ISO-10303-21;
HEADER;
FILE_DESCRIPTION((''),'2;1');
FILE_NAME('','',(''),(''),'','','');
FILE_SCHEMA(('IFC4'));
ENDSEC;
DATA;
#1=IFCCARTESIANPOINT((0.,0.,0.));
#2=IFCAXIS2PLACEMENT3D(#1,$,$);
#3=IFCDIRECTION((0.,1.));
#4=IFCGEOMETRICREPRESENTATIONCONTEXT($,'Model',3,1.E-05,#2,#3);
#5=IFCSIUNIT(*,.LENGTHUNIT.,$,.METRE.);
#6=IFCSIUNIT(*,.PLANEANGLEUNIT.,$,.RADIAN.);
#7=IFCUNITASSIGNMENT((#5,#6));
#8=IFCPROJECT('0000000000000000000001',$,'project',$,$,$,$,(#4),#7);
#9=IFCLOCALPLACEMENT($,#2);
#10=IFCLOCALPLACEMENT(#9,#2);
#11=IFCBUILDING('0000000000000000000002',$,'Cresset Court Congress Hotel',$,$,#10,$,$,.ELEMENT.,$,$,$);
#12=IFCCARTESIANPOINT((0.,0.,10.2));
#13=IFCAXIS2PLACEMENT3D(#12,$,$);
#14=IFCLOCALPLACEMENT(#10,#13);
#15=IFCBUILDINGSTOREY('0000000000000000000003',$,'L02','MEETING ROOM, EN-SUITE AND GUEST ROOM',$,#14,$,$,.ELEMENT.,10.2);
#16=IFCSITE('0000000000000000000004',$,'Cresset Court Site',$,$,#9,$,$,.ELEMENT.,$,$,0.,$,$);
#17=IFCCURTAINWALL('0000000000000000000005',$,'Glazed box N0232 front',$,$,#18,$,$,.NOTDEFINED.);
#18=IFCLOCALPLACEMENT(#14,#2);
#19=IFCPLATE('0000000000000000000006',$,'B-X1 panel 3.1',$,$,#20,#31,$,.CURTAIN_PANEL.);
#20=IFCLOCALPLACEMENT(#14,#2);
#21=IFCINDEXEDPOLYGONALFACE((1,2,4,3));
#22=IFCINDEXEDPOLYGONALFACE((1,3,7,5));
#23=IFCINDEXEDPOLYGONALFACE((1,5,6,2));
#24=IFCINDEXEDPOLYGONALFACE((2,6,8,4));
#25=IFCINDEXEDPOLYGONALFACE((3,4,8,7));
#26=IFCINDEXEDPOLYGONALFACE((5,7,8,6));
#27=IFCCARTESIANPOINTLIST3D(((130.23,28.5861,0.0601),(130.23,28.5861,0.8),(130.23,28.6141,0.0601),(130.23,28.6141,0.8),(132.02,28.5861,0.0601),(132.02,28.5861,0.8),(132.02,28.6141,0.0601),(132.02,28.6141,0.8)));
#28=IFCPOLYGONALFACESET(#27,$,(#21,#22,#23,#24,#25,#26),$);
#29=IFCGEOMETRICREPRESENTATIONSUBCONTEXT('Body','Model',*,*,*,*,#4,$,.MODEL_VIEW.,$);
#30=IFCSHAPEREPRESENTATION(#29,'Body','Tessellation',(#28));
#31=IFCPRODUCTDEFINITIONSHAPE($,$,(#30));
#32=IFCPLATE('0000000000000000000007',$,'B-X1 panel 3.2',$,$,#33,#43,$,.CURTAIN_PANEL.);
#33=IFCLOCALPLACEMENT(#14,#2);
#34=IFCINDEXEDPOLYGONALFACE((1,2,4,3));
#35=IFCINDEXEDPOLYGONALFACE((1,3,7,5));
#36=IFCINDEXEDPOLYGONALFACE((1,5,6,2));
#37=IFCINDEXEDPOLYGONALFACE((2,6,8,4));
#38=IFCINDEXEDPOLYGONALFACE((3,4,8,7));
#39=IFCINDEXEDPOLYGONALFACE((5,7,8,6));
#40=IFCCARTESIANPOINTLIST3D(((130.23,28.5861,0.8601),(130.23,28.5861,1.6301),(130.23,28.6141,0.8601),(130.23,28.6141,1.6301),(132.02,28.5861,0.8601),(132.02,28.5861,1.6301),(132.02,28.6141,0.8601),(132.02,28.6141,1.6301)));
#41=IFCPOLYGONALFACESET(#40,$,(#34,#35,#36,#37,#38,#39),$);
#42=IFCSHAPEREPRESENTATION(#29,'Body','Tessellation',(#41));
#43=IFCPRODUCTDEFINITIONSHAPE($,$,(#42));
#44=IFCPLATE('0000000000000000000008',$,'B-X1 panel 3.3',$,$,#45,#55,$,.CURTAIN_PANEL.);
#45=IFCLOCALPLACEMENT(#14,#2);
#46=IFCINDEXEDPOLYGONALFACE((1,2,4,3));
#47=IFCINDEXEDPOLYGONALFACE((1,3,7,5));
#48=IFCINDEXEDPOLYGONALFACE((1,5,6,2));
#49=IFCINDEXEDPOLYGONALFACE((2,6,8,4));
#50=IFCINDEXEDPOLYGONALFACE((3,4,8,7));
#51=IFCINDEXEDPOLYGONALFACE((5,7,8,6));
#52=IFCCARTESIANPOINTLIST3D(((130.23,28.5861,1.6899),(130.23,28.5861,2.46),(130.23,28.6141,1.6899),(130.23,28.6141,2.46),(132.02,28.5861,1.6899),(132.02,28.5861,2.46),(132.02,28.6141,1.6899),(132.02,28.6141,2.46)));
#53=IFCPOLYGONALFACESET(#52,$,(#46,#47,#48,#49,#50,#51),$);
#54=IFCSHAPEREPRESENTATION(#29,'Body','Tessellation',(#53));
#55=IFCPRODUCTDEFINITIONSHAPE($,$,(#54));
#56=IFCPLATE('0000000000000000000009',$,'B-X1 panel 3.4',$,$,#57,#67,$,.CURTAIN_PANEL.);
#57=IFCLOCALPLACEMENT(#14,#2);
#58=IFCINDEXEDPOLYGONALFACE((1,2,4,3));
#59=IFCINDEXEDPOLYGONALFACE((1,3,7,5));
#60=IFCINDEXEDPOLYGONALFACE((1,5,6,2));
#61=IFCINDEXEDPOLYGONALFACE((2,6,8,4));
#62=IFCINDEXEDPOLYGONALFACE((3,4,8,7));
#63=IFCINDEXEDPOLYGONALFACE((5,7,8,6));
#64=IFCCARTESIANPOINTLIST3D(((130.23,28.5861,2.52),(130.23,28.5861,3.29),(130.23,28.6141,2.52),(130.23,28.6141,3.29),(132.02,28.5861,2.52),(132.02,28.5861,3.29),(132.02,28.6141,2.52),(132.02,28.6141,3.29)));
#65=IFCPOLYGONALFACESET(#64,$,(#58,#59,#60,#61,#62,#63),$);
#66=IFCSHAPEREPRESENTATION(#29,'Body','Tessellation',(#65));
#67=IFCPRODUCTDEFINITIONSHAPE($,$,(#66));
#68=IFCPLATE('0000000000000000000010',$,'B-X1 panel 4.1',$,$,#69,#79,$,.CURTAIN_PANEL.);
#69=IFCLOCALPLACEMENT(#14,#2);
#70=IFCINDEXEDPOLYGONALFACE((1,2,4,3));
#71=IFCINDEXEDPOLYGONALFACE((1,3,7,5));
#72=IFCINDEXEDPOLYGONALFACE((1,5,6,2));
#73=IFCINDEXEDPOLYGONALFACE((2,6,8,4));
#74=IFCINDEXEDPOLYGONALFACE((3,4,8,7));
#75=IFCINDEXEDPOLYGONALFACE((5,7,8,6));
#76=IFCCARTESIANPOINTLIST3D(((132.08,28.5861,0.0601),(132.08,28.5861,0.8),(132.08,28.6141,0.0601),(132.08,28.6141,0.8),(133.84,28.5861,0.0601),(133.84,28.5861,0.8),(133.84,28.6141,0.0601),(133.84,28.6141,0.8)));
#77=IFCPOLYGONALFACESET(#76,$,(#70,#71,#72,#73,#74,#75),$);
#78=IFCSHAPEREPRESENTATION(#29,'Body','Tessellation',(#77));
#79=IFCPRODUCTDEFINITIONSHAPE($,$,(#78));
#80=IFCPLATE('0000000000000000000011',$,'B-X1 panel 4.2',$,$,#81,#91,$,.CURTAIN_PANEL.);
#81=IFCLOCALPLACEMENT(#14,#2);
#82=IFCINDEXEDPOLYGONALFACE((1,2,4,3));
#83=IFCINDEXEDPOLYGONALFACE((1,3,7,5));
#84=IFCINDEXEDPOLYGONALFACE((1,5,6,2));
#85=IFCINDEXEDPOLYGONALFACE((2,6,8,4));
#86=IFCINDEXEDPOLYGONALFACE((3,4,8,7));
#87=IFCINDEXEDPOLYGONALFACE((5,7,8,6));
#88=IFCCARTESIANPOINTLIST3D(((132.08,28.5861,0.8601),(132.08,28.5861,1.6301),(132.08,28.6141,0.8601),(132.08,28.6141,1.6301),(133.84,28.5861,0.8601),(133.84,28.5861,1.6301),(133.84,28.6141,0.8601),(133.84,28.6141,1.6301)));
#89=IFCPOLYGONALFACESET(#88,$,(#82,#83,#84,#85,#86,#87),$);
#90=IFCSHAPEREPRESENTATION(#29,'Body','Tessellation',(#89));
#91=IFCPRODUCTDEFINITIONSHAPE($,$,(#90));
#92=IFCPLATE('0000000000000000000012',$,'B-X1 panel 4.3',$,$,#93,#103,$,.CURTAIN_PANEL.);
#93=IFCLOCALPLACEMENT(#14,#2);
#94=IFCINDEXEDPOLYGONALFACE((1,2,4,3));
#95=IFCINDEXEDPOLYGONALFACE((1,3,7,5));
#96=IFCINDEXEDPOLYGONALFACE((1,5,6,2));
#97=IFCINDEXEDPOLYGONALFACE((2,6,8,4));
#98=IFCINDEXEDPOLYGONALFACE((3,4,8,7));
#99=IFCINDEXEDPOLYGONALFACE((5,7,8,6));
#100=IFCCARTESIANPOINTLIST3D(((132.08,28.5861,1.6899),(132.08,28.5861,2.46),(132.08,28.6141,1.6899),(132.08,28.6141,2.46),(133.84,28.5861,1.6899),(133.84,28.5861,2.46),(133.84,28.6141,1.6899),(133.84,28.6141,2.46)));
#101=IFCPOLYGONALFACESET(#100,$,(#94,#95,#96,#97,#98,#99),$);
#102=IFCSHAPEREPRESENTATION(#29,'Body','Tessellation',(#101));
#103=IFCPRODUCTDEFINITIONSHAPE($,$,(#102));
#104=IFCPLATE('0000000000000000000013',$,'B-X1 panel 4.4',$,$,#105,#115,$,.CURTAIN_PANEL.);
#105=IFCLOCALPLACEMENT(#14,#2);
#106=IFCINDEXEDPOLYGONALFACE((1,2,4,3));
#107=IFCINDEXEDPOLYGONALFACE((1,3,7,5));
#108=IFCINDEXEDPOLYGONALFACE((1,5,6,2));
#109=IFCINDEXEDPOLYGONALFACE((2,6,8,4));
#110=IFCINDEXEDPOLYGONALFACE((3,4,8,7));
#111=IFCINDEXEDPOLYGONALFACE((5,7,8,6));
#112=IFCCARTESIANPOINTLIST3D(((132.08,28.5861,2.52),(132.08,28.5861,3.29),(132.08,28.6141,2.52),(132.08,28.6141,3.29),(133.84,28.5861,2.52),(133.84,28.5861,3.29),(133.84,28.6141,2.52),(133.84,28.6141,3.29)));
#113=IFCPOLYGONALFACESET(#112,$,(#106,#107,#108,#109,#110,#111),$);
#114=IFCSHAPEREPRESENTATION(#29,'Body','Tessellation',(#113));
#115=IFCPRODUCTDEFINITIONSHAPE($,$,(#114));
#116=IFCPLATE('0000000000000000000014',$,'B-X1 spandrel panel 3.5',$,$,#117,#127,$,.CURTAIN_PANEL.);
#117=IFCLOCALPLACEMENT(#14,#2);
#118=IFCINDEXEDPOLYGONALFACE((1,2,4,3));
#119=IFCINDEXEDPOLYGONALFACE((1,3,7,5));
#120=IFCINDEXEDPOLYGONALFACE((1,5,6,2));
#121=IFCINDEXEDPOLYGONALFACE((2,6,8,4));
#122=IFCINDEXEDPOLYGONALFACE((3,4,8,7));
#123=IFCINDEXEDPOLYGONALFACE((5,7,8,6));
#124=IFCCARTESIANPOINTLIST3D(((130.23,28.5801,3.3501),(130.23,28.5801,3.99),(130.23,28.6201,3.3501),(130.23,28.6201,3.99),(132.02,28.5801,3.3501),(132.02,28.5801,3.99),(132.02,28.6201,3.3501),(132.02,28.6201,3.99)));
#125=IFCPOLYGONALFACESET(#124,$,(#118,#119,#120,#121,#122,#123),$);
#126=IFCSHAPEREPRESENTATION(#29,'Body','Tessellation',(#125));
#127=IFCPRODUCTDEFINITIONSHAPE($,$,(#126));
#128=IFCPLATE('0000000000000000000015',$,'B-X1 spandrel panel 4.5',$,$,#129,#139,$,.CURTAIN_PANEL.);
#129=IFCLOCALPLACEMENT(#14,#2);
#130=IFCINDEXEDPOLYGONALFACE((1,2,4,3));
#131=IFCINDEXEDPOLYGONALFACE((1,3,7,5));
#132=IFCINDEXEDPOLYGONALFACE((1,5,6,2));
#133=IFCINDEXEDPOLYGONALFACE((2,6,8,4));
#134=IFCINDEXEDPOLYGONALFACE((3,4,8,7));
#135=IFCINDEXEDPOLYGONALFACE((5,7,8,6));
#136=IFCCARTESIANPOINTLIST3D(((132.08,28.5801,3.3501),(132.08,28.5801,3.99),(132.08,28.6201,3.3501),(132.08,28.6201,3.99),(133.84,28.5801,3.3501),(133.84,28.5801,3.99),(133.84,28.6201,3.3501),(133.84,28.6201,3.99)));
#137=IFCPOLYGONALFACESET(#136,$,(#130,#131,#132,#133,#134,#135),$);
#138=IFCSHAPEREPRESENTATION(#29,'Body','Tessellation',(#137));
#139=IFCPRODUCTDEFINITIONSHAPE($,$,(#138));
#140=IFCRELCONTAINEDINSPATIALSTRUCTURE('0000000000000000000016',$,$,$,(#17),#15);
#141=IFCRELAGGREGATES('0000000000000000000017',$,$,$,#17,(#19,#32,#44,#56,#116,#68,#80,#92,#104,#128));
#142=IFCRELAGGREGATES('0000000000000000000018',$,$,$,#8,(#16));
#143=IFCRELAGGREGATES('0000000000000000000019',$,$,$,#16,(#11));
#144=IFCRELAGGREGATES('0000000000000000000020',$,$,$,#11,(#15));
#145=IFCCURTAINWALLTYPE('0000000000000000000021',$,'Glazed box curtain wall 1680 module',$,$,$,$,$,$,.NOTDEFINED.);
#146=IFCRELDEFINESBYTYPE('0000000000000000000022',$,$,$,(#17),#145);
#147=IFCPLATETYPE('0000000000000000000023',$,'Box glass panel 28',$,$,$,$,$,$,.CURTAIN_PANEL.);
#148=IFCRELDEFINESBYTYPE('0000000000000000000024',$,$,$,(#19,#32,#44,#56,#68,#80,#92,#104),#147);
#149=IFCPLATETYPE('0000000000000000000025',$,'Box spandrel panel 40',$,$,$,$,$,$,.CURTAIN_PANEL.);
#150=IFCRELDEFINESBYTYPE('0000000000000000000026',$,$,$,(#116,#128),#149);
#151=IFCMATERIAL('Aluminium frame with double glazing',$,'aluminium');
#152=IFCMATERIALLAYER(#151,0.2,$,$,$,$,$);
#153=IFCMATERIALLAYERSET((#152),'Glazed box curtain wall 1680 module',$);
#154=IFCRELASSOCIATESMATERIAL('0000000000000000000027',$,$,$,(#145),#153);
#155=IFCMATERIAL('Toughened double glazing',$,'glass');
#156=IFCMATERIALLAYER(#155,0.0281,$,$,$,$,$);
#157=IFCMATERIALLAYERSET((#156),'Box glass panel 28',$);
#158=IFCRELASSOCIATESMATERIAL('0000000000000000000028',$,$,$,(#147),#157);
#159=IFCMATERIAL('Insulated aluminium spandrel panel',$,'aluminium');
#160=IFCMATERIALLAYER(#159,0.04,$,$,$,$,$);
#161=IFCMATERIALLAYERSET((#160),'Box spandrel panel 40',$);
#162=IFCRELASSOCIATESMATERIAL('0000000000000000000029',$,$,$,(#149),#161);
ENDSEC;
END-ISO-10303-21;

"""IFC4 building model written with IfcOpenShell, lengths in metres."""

from ifc_helpers import new_model, si_unit, direction, frame, origin, origin_2d, place, context, subcontext, project, spatial, rectangle, extrude, material, layer, layer_set, type_object, element, aggregate, save


model = new_model("IFC4")

# Units and contexts
model_context = context("Model", 3, precision=1e-05, world=origin(), true_north=direction((0.0, 1.0)))
body_context = subcontext(model_context, "Body", "Model", "MODEL_VIEW")
ifc_project = project(units=[si_unit("LENGTHUNIT", "METRE"), si_unit("PLANEANGLEUNIT", "RADIAN")], contexts=[model_context])

# Site, building, storey
site_placement = place(None, origin())
site = spatial("IfcSite", under=ifc_project, at=site_placement, Name="Cresset Court Site", CompositionType="ELEMENT", RefElevation=0.0)
building_placement = place(site_placement, origin())
building = spatial("IfcBuilding", under=site, at=building_placement, Name="Cresset Court Congress Hotel", CompositionType="ELEMENT")
storey_placement = place(building_placement, frame((0.0, 0.0, 10.2)))
storey = spatial("IfcBuildingStorey", under=building, at=storey_placement, Name="L02", Description="MEETING ROOM, EN-SUITE AND GUEST ROOM", CompositionType="ELEMENT", Elevation=10.2)

# Curtain wall
ifc_material_1 = material(Name="Aluminium frame with double glazing", Category="aluminium")
ifc_layer_1 = layer(ifc_material_1, 0.2)
ifc_layer_set_1 = layer_set([ifc_layer_1], Name="Glazed box curtain wall 1680 module")
curtain_wall_type = type_object("IfcCurtainWallType", Name="Glazed box curtain wall 1680 module", PredefinedType="NOTDEFINED", material=ifc_layer_set_1)
curtain_wall_1_placement = place(storey_placement, origin())
curtain_wall_1 = element("IfcCurtainWall", 1, at=curtain_wall_1_placement, inside=storey, type_object=curtain_wall_type, Name="Glazed box N0232 front", PredefinedType="NOTDEFINED")

# Plates
ifc_material_2 = material(Name="Toughened double glazing", Category="glass")
ifc_layer_2 = layer(ifc_material_2, 0.0281)
ifc_layer_set_2 = layer_set([ifc_layer_2], Name="Box glass panel 28")
plate_type_1 = type_object("IfcPlateType", Name="Box glass panel 28", PredefinedType="CURTAIN_PANEL", material=ifc_layer_set_2)
plate_1_placement = place(storey_placement, frame((131.125, 28.6001, 0.0601), z_axis=(0.0, 0.0, 1.0), x_axis=(1.0, 0.0, 0.0)))
plate_1 = element("IfcPlate", 2, at=plate_1_placement, type_object=plate_type_1, Name="B-X1 panel 3.1", PredefinedType="CURTAIN_PANEL", context=body_context, shape_type="SweptSolid", body=[
    extrude(rectangle(XDim=1.79, YDim=0.0281, at=origin_2d()), origin(), (0.0, 0.0, 1.0), 0.74),
])
plate_2_placement = place(storey_placement, frame((131.125, 28.6001, 0.8601), z_axis=(0.0, 0.0, 1.0), x_axis=(1.0, 0.0, 0.0)))
plate_2 = element("IfcPlate", 3, at=plate_2_placement, type_object=plate_type_1, Name="B-X1 panel 3.2", PredefinedType="CURTAIN_PANEL", context=body_context, shape_type="SweptSolid", body=[
    extrude(rectangle(XDim=1.79, YDim=0.0281, at=origin_2d()), origin(), (0.0, 0.0, 1.0), 0.77),
])
plate_3_placement = place(storey_placement, frame((131.125, 28.6001, 1.6899), z_axis=(0.0, 0.0, 1.0), x_axis=(1.0, 0.0, 0.0)))
plate_3 = element("IfcPlate", 4, at=plate_3_placement, type_object=plate_type_1, Name="B-X1 panel 3.3", PredefinedType="CURTAIN_PANEL", context=body_context, shape_type="SweptSolid", body=[
    extrude(rectangle(XDim=1.79, YDim=0.0281, at=origin_2d()), origin(), (0.0, 0.0, 1.0), 0.77),
])
plate_4_placement = place(storey_placement, frame((131.125, 28.6001, 2.52), z_axis=(0.0, 0.0, 1.0), x_axis=(1.0, 0.0, 0.0)))
plate_4 = element("IfcPlate", 5, at=plate_4_placement, type_object=plate_type_1, Name="B-X1 panel 3.4", PredefinedType="CURTAIN_PANEL", context=body_context, shape_type="SweptSolid", body=[
    extrude(rectangle(XDim=1.79, YDim=0.0281, at=origin_2d()), origin(), (0.0, 0.0, 1.0), 0.77),
])
plate_5_placement = place(storey_placement, frame((132.96, 28.6001, 0.0601), z_axis=(0.0, 0.0, 1.0), x_axis=(1.0, 0.0, 0.0)))
plate_5 = element("IfcPlate", 6, at=plate_5_placement, type_object=plate_type_1, Name="B-X1 panel 4.1", PredefinedType="CURTAIN_PANEL", context=body_context, shape_type="SweptSolid", body=[
    extrude(rectangle(XDim=1.76, YDim=0.0281, at=origin_2d()), origin(), (0.0, 0.0, 1.0), 0.74),
])
plate_6_placement = place(storey_placement, frame((132.96, 28.6001, 0.8601), z_axis=(0.0, 0.0, 1.0), x_axis=(1.0, 0.0, 0.0)))
plate_6 = element("IfcPlate", 7, at=plate_6_placement, type_object=plate_type_1, Name="B-X1 panel 4.2", PredefinedType="CURTAIN_PANEL", context=body_context, shape_type="SweptSolid", body=[
    extrude(rectangle(XDim=1.76, YDim=0.0281, at=origin_2d()), origin(), (0.0, 0.0, 1.0), 0.77),
])
plate_7_placement = place(storey_placement, frame((132.96, 28.6001, 1.6899), z_axis=(0.0, 0.0, 1.0), x_axis=(1.0, 0.0, 0.0)))
plate_7 = element("IfcPlate", 8, at=plate_7_placement, type_object=plate_type_1, Name="B-X1 panel 4.3", PredefinedType="CURTAIN_PANEL", context=body_context, shape_type="SweptSolid", body=[
    extrude(rectangle(XDim=1.76, YDim=0.0281, at=origin_2d()), origin(), (0.0, 0.0, 1.0), 0.77),
])
plate_8_placement = place(storey_placement, frame((132.96, 28.6001, 2.52), z_axis=(0.0, 0.0, 1.0), x_axis=(1.0, 0.0, 0.0)))
plate_8 = element("IfcPlate", 9, at=plate_8_placement, type_object=plate_type_1, Name="B-X1 panel 4.4", PredefinedType="CURTAIN_PANEL", context=body_context, shape_type="SweptSolid", body=[
    extrude(rectangle(XDim=1.76, YDim=0.0281, at=origin_2d()), origin(), (0.0, 0.0, 1.0), 0.77),
])
ifc_material_3 = material(Name="Insulated aluminium spandrel panel", Category="aluminium")
ifc_layer_3 = layer(ifc_material_3, 0.04)
ifc_layer_set_3 = layer_set([ifc_layer_3], Name="Box spandrel panel 40")
plate_type_2 = type_object("IfcPlateType", Name="Box spandrel panel 40", PredefinedType="CURTAIN_PANEL", material=ifc_layer_set_3)
plate_9_placement = place(storey_placement, frame((131.125, 28.6001, 3.3501), z_axis=(0.0, 0.0, 1.0), x_axis=(1.0, 0.0, 0.0)))
plate_9 = element("IfcPlate", 10, at=plate_9_placement, type_object=plate_type_2, Name="B-X1 spandrel panel 3.5", PredefinedType="CURTAIN_PANEL", context=body_context, shape_type="SweptSolid", body=[
    extrude(rectangle(XDim=1.79, YDim=0.04, at=origin_2d()), origin(), (0.0, 0.0, 1.0), 0.6399),
])
plate_10_placement = place(storey_placement, frame((132.96, 28.6001, 3.3501), z_axis=(0.0, 0.0, 1.0), x_axis=(1.0, 0.0, 0.0)))
plate_10 = element("IfcPlate", 11, at=plate_10_placement, type_object=plate_type_2, Name="B-X1 spandrel panel 4.5", PredefinedType="CURTAIN_PANEL", context=body_context, shape_type="SweptSolid", body=[
    extrude(rectangle(XDim=1.76, YDim=0.04, at=origin_2d()), origin(), (0.0, 0.0, 1.0), 0.6399),
])
aggregate(curtain_wall_1, [plate_1, plate_2, plate_3, plate_4, plate_9, plate_5, plate_6, plate_7, plate_8, plate_10])

save(model, "model.ifc")
